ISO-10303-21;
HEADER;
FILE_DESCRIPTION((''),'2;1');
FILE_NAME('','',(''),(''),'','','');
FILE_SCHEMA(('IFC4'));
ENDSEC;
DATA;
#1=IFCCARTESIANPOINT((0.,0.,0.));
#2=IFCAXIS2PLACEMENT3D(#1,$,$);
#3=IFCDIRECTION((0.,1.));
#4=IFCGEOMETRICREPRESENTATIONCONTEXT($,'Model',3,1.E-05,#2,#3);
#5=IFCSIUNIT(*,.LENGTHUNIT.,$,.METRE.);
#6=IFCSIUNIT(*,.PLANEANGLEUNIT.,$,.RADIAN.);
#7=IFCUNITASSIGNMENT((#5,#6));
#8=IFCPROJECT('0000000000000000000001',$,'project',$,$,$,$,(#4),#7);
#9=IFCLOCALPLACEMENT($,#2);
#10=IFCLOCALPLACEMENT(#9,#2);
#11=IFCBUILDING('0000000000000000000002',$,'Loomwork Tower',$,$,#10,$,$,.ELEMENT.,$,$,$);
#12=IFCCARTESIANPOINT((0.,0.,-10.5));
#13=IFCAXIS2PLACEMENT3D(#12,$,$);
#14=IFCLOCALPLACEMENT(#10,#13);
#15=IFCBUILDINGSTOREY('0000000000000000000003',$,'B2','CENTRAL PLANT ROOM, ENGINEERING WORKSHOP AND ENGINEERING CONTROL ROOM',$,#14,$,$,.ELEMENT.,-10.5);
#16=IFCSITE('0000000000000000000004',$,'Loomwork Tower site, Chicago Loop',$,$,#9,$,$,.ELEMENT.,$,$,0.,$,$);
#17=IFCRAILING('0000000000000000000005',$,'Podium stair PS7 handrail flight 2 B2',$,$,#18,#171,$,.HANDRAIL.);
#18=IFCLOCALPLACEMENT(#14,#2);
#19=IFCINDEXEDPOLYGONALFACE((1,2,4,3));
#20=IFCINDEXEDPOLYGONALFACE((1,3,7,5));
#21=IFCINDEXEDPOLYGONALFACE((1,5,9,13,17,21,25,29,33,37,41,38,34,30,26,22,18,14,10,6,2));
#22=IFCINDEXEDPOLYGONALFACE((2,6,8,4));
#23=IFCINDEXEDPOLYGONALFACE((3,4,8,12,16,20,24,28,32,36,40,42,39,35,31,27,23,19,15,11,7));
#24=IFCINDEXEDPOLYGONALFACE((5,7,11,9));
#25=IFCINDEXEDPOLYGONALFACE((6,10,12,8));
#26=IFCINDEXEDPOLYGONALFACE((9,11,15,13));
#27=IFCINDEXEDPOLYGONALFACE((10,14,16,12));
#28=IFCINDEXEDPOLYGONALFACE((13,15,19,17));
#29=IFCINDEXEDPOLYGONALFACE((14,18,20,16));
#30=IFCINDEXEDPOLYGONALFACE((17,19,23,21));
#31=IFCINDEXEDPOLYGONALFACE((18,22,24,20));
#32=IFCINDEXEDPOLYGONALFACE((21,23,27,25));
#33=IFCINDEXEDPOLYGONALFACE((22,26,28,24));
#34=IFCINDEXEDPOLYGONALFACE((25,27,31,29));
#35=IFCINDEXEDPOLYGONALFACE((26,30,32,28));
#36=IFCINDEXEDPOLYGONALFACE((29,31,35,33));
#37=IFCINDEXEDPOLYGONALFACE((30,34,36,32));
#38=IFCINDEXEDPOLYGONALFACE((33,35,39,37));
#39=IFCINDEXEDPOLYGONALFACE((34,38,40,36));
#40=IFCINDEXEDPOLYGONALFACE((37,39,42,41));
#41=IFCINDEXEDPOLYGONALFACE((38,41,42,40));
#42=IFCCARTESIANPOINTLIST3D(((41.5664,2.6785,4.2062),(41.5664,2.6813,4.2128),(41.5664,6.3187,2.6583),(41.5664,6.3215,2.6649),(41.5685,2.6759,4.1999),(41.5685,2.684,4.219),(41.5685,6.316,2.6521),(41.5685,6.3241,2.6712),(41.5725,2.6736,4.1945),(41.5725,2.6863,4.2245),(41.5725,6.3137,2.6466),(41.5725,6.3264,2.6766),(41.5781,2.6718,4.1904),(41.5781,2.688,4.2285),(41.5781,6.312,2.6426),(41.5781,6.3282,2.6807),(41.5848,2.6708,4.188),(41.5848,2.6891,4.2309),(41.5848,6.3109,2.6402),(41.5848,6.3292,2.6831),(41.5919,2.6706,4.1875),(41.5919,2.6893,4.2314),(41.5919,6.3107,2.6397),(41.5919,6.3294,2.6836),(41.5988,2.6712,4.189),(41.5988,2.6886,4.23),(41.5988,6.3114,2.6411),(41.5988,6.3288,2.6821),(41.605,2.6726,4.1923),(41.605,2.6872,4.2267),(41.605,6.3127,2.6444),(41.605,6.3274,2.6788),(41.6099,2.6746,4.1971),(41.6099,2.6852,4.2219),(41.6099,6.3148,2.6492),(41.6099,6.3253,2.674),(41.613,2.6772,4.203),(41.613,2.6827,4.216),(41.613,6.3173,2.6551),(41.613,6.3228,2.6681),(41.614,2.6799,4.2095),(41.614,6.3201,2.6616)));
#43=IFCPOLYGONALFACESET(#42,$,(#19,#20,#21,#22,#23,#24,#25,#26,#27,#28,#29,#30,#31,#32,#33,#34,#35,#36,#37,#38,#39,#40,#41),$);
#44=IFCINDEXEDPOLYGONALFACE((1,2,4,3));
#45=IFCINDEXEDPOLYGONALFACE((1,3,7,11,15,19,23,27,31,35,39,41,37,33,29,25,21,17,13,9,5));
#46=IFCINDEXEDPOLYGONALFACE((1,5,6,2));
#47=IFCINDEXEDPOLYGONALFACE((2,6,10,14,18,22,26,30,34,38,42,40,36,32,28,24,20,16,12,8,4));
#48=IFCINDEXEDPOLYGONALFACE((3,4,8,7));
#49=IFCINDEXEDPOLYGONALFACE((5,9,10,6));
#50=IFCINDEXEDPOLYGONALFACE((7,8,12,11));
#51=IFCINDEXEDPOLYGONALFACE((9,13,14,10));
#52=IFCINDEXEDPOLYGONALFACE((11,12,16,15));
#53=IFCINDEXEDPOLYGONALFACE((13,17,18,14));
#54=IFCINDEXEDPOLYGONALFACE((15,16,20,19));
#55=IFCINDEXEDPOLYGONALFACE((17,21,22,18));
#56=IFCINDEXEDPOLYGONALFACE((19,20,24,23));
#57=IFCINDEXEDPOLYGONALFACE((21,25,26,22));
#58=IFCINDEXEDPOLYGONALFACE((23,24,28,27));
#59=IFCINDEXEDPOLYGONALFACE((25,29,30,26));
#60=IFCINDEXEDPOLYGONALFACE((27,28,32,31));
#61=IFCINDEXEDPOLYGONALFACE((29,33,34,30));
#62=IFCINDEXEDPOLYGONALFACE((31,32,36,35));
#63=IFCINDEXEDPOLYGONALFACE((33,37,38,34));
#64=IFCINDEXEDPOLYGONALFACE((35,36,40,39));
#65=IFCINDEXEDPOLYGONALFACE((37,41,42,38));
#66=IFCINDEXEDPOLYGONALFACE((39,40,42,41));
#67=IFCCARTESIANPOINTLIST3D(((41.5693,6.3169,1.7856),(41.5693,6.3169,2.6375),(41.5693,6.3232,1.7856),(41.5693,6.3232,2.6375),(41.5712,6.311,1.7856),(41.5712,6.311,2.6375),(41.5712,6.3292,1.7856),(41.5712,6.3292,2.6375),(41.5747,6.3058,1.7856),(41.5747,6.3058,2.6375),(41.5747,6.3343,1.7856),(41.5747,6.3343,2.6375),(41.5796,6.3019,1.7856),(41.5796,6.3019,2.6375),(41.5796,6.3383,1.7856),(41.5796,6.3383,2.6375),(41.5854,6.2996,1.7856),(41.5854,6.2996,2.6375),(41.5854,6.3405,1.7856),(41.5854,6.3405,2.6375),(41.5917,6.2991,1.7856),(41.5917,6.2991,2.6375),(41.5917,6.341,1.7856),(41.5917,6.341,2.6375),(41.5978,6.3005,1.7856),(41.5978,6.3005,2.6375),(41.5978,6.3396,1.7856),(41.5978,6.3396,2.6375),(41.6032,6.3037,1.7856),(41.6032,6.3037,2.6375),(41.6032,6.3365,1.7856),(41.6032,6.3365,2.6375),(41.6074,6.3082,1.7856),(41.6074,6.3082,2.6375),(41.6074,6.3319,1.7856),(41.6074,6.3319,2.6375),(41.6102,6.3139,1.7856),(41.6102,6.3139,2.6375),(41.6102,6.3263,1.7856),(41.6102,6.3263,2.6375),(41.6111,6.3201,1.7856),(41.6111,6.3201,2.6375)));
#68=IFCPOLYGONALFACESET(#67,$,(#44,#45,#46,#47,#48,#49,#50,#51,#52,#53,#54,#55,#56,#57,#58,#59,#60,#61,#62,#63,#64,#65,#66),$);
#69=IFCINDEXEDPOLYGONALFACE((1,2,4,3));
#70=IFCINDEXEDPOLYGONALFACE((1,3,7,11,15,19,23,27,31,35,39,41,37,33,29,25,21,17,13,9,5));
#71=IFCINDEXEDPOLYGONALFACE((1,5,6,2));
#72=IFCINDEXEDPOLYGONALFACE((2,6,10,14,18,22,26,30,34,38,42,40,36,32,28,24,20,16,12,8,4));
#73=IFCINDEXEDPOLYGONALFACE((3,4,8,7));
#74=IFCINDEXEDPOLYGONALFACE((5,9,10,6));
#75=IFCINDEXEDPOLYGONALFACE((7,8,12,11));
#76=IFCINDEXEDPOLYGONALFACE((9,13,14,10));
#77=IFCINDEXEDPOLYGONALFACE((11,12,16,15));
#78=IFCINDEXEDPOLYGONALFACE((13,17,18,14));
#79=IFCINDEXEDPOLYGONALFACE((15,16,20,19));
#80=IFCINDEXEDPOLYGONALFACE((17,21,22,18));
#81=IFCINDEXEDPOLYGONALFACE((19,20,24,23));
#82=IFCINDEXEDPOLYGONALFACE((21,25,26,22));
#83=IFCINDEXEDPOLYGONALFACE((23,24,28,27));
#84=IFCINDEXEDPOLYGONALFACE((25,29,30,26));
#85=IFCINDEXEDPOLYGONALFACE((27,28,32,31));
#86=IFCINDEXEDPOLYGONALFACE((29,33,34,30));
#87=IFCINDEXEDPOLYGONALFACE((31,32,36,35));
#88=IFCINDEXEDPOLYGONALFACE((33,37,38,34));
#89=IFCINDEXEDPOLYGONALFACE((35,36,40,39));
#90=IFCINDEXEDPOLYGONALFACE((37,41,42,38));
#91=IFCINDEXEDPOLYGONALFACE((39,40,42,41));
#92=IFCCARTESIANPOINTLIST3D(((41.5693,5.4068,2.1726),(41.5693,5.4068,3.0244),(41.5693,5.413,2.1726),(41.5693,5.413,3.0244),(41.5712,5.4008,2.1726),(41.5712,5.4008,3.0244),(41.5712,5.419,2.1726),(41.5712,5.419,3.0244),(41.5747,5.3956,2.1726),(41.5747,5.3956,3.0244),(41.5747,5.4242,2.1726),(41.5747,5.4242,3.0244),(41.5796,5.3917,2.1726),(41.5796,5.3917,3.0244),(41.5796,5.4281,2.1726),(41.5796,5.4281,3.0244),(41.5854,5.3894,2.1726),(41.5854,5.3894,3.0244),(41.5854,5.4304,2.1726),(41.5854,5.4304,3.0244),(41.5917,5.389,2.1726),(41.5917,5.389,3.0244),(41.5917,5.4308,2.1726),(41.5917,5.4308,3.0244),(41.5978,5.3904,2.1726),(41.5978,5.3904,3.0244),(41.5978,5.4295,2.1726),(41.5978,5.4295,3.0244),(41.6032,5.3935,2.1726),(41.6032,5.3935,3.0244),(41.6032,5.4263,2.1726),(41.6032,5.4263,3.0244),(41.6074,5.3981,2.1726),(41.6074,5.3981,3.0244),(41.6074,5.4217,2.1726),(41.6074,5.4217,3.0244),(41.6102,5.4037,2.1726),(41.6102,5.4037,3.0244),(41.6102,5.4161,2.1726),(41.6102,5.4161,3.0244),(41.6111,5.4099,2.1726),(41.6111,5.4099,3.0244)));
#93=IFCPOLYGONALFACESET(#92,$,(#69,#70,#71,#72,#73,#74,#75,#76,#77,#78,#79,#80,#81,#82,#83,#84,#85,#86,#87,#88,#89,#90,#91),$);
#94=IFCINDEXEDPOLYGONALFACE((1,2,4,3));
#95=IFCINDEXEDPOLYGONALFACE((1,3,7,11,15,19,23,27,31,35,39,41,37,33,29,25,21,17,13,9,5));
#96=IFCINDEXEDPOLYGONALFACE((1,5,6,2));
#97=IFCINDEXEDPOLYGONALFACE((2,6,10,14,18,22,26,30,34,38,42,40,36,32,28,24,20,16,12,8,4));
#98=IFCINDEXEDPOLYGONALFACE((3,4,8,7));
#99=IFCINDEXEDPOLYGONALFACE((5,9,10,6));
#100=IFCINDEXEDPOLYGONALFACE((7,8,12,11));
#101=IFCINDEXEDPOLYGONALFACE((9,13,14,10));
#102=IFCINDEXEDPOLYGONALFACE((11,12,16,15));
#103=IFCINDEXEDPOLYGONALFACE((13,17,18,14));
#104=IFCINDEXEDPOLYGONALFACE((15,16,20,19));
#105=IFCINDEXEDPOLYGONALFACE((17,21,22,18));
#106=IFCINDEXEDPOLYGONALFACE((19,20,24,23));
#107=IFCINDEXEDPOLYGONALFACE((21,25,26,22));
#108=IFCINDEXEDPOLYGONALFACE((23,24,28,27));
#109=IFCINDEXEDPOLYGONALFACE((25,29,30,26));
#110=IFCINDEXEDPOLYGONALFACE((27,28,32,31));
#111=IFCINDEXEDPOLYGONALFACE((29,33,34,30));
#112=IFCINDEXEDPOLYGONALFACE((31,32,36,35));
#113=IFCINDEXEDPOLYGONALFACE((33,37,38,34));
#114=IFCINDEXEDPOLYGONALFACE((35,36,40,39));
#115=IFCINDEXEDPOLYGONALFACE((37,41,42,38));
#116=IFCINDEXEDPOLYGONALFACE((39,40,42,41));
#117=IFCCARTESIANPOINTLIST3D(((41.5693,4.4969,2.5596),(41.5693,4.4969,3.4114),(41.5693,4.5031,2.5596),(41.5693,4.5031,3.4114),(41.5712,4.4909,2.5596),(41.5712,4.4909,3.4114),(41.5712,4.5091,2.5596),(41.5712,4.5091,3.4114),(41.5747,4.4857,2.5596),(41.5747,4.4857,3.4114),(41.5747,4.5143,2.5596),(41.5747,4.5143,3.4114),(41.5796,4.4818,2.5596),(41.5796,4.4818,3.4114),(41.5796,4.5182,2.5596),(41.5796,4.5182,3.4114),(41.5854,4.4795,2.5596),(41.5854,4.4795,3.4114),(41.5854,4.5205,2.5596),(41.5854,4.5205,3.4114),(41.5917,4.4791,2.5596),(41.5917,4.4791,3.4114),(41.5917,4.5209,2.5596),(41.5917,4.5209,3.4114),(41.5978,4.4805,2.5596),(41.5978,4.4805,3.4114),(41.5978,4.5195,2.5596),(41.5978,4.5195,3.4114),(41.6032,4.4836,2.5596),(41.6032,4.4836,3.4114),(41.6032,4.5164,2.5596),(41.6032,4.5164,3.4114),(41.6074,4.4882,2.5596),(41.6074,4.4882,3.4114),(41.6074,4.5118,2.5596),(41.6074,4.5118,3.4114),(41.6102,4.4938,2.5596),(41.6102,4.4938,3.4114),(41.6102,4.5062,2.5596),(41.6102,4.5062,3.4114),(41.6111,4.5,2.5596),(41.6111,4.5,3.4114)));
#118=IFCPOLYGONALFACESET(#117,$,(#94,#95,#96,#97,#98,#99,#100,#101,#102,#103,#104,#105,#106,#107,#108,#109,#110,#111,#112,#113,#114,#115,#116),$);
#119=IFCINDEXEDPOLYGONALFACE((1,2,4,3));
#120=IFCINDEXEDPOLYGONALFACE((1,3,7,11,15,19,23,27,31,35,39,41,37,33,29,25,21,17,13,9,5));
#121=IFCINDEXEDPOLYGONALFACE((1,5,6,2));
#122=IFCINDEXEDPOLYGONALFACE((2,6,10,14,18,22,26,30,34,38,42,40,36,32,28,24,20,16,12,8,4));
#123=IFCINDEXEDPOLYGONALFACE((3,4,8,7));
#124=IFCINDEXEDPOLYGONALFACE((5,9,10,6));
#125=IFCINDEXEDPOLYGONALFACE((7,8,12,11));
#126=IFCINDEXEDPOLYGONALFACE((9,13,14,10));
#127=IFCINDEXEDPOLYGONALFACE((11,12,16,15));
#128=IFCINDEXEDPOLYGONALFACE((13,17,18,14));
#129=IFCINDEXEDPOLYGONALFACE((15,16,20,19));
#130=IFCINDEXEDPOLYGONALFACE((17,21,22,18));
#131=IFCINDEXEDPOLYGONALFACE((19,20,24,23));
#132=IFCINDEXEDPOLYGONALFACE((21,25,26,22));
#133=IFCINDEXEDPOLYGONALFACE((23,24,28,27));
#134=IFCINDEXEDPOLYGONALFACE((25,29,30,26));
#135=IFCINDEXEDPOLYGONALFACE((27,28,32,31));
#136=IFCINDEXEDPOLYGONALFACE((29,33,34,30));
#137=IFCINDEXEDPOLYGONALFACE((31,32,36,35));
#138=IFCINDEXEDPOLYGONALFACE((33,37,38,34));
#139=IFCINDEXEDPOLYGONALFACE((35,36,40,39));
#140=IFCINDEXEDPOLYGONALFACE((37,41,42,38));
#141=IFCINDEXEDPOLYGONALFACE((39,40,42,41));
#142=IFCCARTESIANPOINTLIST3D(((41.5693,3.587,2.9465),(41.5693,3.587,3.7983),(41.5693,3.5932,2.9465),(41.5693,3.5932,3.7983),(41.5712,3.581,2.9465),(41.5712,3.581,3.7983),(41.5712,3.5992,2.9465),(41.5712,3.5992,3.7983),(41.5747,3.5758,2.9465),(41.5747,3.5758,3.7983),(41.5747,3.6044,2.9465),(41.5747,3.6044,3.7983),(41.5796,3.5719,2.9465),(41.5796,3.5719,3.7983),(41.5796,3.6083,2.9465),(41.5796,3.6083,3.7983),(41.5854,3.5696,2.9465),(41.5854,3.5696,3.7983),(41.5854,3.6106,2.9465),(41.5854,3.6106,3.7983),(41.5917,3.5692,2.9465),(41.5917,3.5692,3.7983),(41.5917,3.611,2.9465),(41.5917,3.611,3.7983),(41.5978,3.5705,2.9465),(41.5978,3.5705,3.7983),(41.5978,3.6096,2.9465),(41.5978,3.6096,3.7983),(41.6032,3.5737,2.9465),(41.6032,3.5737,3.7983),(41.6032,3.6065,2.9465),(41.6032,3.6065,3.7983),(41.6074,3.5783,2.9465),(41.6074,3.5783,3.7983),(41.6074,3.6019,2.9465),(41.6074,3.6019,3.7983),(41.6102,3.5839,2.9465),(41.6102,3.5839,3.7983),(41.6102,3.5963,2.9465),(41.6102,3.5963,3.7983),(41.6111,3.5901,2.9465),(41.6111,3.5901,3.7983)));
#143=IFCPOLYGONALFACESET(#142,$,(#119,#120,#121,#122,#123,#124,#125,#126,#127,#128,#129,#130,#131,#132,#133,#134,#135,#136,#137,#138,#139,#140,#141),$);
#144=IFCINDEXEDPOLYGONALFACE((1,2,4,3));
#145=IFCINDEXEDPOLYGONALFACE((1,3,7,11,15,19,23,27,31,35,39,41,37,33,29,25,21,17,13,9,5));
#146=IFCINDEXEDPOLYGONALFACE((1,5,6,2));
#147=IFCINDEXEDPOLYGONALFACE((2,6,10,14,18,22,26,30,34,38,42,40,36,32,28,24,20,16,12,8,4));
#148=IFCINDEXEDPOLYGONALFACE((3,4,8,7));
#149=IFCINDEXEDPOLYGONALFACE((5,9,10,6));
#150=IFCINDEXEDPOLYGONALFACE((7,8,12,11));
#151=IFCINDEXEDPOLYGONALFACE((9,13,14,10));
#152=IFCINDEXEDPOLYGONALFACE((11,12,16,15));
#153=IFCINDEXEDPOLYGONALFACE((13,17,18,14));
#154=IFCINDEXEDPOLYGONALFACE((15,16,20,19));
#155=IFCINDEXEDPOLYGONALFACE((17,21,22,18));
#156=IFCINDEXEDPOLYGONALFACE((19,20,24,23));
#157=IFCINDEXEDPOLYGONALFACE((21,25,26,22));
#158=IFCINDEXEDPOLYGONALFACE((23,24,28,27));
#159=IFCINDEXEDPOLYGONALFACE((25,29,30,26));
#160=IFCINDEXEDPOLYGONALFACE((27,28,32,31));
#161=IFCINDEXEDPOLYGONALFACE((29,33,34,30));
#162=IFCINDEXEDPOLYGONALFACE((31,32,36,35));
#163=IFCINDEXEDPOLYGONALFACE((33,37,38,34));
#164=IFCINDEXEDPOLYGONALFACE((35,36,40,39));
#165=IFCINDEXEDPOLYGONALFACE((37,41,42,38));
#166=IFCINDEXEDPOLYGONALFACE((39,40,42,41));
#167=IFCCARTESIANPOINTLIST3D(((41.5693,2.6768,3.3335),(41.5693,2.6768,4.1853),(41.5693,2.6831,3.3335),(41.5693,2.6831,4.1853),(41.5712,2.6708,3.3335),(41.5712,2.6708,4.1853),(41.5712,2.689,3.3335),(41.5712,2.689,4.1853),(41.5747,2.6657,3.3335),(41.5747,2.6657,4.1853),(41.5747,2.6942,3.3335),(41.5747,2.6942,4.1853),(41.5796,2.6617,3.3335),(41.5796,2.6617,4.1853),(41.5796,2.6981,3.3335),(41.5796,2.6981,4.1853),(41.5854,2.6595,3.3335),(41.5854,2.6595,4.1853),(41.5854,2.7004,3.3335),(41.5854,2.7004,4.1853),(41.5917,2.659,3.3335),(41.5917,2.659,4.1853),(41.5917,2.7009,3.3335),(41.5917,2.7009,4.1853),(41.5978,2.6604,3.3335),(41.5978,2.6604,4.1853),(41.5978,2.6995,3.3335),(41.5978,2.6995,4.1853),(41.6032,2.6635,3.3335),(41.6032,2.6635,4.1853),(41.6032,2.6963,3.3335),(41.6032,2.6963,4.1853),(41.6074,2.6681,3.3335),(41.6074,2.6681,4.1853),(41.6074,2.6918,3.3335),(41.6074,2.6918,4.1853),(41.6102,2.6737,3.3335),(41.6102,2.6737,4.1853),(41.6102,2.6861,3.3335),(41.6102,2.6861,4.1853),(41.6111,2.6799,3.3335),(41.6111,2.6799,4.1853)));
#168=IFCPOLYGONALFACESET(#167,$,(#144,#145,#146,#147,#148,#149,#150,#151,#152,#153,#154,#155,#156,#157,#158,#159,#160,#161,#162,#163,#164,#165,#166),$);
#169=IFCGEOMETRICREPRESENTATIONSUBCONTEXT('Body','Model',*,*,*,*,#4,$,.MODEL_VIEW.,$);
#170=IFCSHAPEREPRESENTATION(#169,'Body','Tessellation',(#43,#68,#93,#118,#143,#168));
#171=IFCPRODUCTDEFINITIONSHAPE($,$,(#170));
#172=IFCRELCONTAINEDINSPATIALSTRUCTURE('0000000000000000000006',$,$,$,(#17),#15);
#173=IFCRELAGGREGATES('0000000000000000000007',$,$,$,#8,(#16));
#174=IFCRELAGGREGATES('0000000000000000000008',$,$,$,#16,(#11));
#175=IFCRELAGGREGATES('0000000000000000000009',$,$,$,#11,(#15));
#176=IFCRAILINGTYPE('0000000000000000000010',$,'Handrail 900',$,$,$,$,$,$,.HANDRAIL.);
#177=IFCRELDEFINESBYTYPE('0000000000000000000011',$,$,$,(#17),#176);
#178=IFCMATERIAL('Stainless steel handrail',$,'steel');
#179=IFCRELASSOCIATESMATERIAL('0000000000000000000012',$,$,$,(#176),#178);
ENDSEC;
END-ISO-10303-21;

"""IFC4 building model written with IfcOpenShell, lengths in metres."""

from ifc_helpers import new_model, si_unit, direction, frame, origin, origin_2d, place, context, subcontext, project, spatial, circle, extrude, material, type_object, element, save


model = new_model("IFC4")

# Units and contexts
model_context = context("Model", 3, precision=1e-05, world=origin(), true_north=direction((0.0, 1.0)))
body_context = subcontext(model_context, "Body", "Model", "MODEL_VIEW")
ifc_project = project(units=[si_unit("LENGTHUNIT", "METRE"), si_unit("PLANEANGLEUNIT", "RADIAN")], contexts=[model_context])

# Site, building, storey
site_placement = place(None, origin())
site = spatial("IfcSite", under=ifc_project, at=site_placement, Name="Loomwork Tower site, Chicago Loop", CompositionType="ELEMENT", RefElevation=0.0)
building_placement = place(site_placement, origin())
building = spatial("IfcBuilding", under=site, at=building_placement, Name="Loomwork Tower", CompositionType="ELEMENT")
storey_placement = place(building_placement, frame((0.0, 0.0, -10.5)))
storey = spatial("IfcBuildingStorey", under=building, at=storey_placement, Name="B2", Description="CENTRAL PLANT ROOM, ENGINEERING WORKSHOP AND ENGINEERING CONTROL ROOM", CompositionType="ELEMENT", Elevation=-10.5)

# Railing
ifc_material_1 = material(Name="Stainless steel handrail", Category="steel")
railing_type = type_object("IfcRailingType", Name="Handrail 900", PredefinedType="HANDRAIL", material=ifc_material_1)
railing_1_placement = place(storey_placement, frame((41.5901, 6.3201, 1.7856)))
element("IfcRailing", 1, at=railing_1_placement, inside=storey, type_object=railing_type, Name="Podium stair PS7 handrail flight 2 B2", PredefinedType="HANDRAIL", context=body_context, shape_type="SweptSolid", body=[
    extrude(circle(Radius=0.0239, at=origin_2d()), frame((0.0, 0.0, 0.876), z_axis=(0.0, -0.920259, 0.391311), x_axis=(1.0, 0.0, 0.0)), (0.0, 0.0, 1.0), 3.9556),
    extrude(circle(Radius=0.021, at=origin_2d()), origin(), (0.0, 0.0, 1.0), 0.8518),
    extrude(circle(Radius=0.021, at=origin_2d()), frame((0.0, -0.9102, 0.387)), (0.0, 0.0, 1.0), 0.8518),
    extrude(circle(Radius=0.021, at=origin_2d()), frame((0.0, -1.8201, 0.7739)), (0.0, 0.0, 1.0), 0.8518),
    extrude(circle(Radius=0.021, at=origin_2d()), frame((0.0, -2.73, 1.1609)), (0.0, 0.0, 1.0), 0.8518),
    extrude(circle(Radius=0.021, at=origin_2d()), frame((0.0, -3.6401, 1.5479)), (0.0, 0.0, 1.0), 0.8518),
])

save(model, "model.ifc")
